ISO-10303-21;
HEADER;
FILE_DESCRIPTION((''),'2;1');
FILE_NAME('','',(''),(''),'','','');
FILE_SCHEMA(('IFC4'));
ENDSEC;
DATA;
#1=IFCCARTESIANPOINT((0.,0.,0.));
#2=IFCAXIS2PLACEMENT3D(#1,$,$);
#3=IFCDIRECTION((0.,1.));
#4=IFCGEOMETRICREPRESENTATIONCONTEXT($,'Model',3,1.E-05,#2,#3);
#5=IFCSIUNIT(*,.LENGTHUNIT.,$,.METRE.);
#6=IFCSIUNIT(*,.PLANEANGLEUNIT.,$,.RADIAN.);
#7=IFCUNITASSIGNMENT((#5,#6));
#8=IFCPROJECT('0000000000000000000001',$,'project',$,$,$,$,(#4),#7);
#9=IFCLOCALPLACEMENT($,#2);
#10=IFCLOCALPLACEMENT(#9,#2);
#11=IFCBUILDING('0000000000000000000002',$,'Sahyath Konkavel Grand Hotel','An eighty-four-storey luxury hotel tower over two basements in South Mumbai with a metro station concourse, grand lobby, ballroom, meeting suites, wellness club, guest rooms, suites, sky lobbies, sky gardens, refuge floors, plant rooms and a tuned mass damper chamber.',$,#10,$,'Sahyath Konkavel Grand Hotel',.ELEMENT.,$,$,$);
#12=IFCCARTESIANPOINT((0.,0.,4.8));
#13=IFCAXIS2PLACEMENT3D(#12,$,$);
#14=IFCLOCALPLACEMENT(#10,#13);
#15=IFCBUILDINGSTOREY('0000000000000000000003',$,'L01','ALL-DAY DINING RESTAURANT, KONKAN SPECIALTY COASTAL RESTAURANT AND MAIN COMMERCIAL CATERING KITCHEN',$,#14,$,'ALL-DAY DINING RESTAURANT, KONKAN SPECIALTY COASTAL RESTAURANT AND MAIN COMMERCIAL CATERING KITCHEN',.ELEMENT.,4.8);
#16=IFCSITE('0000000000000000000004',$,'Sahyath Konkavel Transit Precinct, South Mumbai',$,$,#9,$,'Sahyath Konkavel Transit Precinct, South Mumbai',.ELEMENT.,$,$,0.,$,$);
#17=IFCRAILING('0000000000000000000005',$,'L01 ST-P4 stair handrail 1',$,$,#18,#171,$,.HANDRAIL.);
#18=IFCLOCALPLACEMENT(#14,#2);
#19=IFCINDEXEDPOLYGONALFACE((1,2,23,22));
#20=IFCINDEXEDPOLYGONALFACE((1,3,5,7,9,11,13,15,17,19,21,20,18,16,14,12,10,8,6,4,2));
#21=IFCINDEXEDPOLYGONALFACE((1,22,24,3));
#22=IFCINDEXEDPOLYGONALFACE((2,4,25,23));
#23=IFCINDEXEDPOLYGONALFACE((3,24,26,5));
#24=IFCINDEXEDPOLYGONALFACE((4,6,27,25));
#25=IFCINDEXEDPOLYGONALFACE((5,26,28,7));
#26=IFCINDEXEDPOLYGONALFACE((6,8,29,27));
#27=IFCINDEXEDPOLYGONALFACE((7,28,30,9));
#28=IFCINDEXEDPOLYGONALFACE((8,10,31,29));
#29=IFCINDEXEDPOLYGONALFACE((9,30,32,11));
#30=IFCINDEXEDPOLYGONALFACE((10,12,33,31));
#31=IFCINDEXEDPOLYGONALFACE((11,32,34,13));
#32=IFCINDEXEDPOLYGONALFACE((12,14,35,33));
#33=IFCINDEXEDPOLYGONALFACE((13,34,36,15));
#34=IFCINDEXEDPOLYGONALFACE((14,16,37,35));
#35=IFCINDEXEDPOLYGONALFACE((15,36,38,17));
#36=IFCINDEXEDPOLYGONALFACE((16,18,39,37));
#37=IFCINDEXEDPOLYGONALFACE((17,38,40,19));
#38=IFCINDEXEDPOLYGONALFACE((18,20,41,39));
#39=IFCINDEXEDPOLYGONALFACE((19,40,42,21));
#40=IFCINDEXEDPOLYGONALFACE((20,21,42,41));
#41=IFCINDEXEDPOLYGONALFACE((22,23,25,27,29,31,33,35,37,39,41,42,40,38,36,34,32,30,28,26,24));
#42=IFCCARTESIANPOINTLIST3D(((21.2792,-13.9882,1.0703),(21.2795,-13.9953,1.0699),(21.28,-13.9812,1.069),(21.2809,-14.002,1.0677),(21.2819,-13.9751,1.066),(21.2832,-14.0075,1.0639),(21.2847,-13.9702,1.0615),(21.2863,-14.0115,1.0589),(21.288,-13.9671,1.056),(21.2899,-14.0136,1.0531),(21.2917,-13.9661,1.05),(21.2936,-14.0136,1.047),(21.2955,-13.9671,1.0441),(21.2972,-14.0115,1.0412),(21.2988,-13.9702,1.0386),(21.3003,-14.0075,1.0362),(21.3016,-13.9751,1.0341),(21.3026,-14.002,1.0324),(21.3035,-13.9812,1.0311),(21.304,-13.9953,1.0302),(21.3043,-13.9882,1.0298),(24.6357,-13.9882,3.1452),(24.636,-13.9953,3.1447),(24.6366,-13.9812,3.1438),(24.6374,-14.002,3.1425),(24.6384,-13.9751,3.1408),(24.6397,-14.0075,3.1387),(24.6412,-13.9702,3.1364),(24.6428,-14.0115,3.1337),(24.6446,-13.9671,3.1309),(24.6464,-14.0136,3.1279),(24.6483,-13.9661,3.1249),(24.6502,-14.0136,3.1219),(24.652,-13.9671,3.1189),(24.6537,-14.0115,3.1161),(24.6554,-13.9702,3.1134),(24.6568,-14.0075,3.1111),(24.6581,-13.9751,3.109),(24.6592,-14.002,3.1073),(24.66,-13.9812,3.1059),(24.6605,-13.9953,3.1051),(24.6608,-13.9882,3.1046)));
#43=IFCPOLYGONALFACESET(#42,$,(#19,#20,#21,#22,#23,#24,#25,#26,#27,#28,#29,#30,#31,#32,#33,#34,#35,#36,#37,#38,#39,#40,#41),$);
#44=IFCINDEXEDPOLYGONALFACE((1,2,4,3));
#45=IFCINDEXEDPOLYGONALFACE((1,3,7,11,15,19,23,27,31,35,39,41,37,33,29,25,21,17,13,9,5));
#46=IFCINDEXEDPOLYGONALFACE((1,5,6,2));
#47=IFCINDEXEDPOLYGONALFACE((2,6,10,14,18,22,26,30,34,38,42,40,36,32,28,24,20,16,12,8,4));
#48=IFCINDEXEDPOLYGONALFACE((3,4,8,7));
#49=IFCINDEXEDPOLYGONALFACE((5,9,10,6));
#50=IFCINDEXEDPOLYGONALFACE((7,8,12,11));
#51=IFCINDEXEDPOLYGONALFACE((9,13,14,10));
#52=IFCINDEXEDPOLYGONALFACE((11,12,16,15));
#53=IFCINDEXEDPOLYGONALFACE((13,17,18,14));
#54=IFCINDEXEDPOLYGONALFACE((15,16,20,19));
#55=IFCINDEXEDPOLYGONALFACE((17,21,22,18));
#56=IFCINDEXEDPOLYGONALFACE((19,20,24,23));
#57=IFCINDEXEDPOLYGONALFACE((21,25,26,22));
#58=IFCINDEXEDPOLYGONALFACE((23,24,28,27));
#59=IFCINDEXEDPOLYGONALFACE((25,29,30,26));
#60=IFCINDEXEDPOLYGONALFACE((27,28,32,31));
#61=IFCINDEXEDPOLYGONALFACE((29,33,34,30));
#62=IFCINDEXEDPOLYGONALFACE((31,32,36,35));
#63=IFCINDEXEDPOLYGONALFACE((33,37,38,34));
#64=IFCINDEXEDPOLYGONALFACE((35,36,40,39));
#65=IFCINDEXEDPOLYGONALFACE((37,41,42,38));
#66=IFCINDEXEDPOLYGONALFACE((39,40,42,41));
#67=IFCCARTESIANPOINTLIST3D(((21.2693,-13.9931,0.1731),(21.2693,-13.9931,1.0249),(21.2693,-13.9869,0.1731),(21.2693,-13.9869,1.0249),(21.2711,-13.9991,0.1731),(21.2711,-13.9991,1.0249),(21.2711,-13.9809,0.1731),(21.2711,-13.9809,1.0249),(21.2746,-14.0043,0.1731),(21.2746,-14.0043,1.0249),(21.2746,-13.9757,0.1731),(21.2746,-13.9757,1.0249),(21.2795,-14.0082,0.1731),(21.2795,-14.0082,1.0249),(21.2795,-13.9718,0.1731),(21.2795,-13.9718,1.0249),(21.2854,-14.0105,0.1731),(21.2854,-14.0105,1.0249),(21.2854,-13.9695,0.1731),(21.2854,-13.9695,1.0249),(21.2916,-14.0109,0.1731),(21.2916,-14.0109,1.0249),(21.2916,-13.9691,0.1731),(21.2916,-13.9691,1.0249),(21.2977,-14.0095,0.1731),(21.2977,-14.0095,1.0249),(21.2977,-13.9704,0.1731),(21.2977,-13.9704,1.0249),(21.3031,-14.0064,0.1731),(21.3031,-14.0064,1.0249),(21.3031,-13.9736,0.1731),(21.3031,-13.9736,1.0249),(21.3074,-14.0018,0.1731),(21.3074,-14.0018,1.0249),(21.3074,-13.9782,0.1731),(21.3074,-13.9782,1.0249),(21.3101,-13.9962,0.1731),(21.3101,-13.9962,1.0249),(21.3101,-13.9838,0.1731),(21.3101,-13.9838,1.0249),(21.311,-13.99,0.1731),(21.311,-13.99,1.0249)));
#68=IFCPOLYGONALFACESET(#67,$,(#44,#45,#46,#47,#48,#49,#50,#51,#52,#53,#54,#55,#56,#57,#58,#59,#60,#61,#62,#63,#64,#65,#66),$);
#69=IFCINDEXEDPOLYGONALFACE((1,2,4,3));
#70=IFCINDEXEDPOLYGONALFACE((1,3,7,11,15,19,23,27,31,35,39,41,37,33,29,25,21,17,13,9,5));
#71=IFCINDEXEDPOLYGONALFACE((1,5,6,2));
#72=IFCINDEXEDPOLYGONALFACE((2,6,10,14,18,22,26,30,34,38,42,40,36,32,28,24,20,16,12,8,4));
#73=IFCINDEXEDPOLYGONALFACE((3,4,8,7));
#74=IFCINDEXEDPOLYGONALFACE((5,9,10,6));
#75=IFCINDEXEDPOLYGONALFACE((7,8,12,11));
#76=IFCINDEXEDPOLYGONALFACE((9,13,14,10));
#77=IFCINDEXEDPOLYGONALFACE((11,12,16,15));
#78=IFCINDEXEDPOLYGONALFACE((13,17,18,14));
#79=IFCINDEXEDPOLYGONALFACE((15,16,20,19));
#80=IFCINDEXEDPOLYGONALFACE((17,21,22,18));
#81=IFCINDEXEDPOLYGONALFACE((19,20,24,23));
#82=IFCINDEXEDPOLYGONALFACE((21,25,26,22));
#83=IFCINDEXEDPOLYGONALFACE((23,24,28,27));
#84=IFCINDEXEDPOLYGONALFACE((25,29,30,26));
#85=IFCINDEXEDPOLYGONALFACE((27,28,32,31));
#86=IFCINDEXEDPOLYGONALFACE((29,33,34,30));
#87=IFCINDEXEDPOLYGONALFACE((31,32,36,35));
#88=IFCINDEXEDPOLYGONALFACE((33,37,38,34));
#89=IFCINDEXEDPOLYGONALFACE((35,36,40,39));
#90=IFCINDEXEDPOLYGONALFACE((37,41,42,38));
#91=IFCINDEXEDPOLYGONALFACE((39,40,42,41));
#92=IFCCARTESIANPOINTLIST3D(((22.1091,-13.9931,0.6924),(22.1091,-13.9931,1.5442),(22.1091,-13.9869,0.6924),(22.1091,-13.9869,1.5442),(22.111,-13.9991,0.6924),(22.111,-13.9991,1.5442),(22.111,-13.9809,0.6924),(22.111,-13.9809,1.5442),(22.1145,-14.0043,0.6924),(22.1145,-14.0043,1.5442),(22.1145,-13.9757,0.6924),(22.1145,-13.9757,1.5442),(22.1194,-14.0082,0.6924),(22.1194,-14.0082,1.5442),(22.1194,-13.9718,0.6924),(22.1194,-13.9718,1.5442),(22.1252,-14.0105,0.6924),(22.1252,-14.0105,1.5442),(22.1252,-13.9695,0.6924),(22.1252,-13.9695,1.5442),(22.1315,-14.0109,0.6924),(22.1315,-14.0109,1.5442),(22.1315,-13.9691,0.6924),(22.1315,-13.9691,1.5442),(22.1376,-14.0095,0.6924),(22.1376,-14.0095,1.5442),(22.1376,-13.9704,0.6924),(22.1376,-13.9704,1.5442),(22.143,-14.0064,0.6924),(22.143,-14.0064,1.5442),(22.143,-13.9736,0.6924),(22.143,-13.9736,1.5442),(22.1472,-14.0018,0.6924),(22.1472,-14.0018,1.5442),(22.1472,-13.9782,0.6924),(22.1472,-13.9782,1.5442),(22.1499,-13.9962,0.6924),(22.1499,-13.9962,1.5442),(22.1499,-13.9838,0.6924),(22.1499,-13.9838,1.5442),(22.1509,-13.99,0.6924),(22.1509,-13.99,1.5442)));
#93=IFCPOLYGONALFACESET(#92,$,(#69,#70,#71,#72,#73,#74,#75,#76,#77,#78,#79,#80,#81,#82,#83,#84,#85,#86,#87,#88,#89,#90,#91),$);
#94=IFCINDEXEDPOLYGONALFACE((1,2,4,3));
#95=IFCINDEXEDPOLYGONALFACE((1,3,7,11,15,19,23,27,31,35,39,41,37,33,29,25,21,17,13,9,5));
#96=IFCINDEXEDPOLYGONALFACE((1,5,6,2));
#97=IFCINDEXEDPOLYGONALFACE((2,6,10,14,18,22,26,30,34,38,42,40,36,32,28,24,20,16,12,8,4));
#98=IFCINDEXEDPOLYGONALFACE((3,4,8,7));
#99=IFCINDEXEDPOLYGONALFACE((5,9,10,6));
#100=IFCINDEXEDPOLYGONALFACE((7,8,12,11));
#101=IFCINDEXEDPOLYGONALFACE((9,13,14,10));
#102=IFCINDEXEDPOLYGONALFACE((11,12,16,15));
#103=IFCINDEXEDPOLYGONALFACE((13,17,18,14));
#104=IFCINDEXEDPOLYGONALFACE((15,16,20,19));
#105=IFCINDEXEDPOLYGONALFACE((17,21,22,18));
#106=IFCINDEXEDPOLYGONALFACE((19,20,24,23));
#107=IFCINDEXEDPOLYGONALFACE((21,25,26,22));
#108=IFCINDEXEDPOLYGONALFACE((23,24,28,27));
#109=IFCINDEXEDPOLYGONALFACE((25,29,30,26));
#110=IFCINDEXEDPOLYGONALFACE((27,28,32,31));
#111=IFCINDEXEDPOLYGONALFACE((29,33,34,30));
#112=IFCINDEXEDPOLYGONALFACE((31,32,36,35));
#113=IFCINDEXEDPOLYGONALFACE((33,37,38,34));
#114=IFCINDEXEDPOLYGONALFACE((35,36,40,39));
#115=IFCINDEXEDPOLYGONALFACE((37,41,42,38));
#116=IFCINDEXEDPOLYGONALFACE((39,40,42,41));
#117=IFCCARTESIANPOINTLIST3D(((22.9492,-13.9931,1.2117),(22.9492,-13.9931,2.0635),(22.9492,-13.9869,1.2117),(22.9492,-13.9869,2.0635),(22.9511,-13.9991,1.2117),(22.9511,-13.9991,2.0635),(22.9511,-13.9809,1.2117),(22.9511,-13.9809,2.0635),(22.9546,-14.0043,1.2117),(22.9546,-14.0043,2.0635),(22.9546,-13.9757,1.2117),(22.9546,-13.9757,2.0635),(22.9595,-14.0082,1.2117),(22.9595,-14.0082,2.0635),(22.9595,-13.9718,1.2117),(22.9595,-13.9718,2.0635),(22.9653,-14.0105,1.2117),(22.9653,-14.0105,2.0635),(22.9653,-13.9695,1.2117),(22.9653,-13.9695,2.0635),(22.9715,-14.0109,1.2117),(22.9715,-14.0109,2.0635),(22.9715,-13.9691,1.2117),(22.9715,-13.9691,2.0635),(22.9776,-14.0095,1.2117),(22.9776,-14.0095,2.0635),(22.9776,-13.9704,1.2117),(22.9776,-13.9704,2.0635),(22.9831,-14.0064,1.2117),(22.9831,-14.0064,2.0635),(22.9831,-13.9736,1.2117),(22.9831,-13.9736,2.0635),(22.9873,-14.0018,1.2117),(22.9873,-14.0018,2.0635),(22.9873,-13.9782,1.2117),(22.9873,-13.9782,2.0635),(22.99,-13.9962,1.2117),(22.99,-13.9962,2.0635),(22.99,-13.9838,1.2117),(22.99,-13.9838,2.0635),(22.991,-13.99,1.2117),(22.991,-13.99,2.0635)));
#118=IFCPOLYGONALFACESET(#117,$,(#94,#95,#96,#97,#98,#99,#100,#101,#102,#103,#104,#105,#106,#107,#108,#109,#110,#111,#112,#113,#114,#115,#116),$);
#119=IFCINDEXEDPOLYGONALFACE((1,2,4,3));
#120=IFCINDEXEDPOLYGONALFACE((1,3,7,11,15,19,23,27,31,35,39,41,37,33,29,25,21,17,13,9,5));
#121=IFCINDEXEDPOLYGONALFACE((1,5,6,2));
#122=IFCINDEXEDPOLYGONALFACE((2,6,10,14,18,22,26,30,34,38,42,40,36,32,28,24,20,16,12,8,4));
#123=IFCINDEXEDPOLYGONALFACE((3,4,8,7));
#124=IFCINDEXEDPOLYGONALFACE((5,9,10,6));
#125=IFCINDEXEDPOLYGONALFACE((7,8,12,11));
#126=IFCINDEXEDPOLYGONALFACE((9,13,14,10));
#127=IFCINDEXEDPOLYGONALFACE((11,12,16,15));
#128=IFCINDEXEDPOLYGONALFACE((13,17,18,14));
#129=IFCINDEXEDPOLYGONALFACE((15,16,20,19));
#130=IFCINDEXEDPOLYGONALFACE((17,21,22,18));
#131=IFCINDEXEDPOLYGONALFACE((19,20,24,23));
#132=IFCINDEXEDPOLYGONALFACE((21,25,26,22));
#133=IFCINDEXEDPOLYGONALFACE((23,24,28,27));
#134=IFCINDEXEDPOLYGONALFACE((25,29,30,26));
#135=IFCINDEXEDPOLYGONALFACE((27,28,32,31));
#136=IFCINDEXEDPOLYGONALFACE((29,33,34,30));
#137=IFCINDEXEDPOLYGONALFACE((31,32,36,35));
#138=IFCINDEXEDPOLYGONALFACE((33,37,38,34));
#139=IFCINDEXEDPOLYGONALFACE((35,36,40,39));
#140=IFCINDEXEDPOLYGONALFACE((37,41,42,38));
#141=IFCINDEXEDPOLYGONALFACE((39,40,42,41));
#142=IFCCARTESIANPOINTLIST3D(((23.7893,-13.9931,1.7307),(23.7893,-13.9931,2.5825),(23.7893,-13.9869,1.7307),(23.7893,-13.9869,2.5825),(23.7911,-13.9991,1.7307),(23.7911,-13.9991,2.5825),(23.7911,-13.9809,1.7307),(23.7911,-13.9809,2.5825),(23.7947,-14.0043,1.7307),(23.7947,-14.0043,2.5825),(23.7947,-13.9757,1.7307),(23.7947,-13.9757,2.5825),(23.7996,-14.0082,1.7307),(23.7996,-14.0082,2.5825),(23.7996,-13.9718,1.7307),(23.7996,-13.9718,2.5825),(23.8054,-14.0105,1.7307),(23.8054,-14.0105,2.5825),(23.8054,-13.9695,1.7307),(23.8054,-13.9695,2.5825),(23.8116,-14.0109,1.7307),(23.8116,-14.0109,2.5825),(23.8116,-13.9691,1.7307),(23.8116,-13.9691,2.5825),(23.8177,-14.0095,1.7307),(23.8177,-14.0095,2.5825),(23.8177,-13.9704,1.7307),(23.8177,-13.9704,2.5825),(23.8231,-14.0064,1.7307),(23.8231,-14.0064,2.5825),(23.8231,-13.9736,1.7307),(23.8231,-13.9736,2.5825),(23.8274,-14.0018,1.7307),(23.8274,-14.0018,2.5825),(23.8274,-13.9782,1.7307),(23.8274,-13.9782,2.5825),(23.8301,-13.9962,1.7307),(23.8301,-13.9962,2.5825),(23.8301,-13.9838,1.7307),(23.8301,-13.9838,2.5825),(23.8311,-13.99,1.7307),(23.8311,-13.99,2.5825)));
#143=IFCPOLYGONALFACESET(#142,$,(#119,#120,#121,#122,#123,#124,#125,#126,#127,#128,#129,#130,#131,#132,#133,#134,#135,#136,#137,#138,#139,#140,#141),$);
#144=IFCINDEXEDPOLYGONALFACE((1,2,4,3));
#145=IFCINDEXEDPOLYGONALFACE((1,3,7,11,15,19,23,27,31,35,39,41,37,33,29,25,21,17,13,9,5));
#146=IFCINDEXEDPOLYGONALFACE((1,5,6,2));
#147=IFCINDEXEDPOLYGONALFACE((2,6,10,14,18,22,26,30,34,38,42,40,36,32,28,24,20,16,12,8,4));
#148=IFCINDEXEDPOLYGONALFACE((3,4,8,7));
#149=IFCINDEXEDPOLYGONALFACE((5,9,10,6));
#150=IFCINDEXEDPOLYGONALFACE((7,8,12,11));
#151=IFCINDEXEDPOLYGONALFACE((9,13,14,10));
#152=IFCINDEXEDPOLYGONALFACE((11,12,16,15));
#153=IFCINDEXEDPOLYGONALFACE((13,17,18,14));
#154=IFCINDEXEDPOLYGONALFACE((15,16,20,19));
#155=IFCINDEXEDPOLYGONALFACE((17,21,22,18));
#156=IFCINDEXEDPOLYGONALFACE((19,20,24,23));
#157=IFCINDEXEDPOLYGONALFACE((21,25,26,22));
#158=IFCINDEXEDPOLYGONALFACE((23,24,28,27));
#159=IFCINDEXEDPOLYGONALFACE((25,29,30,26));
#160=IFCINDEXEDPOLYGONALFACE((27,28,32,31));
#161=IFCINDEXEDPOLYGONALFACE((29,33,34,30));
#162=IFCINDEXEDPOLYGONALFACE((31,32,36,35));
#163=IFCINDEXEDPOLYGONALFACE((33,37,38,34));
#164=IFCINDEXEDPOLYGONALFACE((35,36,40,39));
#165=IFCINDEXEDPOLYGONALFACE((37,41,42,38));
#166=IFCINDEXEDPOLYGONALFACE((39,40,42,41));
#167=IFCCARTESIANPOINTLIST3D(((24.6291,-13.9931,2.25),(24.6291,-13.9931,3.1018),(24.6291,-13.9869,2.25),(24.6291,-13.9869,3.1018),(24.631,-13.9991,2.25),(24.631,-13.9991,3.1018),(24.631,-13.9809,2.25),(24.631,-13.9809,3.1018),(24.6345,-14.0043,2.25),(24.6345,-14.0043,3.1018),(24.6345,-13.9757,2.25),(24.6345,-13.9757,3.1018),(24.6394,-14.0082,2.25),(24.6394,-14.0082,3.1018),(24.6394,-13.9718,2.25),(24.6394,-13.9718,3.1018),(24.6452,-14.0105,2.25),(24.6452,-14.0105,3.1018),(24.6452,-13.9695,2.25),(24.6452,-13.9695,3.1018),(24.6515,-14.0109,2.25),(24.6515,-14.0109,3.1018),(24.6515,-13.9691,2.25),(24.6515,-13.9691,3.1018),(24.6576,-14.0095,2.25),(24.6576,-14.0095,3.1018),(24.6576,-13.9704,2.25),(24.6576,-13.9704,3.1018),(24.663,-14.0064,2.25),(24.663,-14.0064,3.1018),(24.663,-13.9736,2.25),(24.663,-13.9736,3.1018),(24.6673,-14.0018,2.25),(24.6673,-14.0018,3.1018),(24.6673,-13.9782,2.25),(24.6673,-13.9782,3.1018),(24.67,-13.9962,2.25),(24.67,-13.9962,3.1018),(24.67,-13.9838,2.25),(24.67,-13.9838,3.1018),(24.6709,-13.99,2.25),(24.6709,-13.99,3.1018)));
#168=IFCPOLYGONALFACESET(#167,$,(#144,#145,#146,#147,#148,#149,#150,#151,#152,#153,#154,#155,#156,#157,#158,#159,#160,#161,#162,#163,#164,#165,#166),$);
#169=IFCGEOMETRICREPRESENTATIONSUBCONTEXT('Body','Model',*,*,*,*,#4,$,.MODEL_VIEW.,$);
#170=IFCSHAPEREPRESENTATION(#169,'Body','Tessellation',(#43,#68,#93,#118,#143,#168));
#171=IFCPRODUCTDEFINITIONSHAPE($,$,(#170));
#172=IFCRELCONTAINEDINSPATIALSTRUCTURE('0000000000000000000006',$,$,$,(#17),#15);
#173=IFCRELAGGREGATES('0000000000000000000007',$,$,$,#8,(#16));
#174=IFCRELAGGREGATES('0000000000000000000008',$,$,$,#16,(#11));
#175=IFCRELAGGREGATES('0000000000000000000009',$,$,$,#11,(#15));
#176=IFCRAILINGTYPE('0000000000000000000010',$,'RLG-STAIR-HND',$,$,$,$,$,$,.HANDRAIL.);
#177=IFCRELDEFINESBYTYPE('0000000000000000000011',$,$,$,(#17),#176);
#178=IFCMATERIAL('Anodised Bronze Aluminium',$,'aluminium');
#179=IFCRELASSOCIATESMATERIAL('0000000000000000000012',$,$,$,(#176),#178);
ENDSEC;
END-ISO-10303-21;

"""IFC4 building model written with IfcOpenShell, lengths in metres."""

from ifc_helpers import new_model, si_unit, direction, frame, origin, origin_2d, place, context, subcontext, project, spatial, circle, extrude, material, type_object, element, save


model = new_model("IFC4")

# Units and contexts
model_context = context("Model", 3, precision=1e-05, world=origin(), true_north=direction((0.0, 1.0)))
body_context = subcontext(model_context, "Body", "Model", "MODEL_VIEW")
ifc_project = project(units=[si_unit("LENGTHUNIT", "METRE"), si_unit("PLANEANGLEUNIT", "RADIAN")], contexts=[model_context])

# Site, building, storey
site_placement = place(None, origin())
site = spatial("IfcSite", under=ifc_project, at=site_placement, Name="Sahyath Konkavel Transit Precinct, South Mumbai", LongName="Sahyath Konkavel Transit Precinct, South Mumbai", CompositionType="ELEMENT", RefElevation=0.0)
building_placement = place(site_placement, origin())
building = spatial("IfcBuilding", under=site, at=building_placement, Name="Sahyath Konkavel Grand Hotel", Description="An eighty-four-storey luxury hotel tower over two basements in South Mumbai with a metro station concourse, grand lobby, ballroom, meeting suites, wellness club, guest rooms, suites, sky lobbies, sky gardens, refuge floors, plant rooms and a tuned mass damper chamber.", LongName="Sahyath Konkavel Grand Hotel", CompositionType="ELEMENT")
storey_placement = place(building_placement, frame((0.0, 0.0, 4.8)))
storey = spatial("IfcBuildingStorey", under=building, at=storey_placement, Name="L01", Description="ALL-DAY DINING RESTAURANT, KONKAN SPECIALTY COASTAL RESTAURANT AND MAIN COMMERCIAL CATERING KITCHEN", LongName="ALL-DAY DINING RESTAURANT, KONKAN SPECIALTY COASTAL RESTAURANT AND MAIN COMMERCIAL CATERING KITCHEN", CompositionType="ELEMENT", Elevation=4.8)

# Shared definitions
ifc_material_1 = material(Name="Anodised Bronze Aluminium", Category="aluminium")

# Railing
railing_type_1 = type_object("IfcRailingType", Name="RLG-STAIR-HND", PredefinedType="HANDRAIL", material=ifc_material_1)
railing_1_placement = place(storey_placement, frame((21.29, -13.99, 0.1731)))
element("IfcRailing", 1, at=railing_1_placement, inside=storey, type_object=railing_type_1, Name="L01 ST-P4 stair handrail 1", PredefinedType="HANDRAIL", context=body_context, shape_type="SweptSolid", body=[
    extrude(circle(Radius=0.0239, at=origin_2d()), frame((0.0017, 0.0, 0.877), z_axis=(0.850606, 0.0, 0.525803), x_axis=(0.0, 1.0, 0.0)), (0.0, 0.0, 1.0), 3.946),
    extrude(circle(Radius=0.021, at=origin_2d()), origin(), (0.0, 0.0, 1.0), 0.8518),
    extrude(circle(Radius=0.021, at=origin_2d()), frame((0.8398, 0.0, 0.5193)), (0.0, 0.0, 1.0), 0.8518),
    extrude(circle(Radius=0.021, at=origin_2d()), frame((1.6799, 0.0, 1.0386)), (0.0, 0.0, 1.0), 0.8518),
    extrude(circle(Radius=0.021, at=origin_2d()), frame((2.52, 0.0, 1.5576)), (0.0, 0.0, 1.0), 0.8518),
    extrude(circle(Radius=0.021, at=origin_2d()), frame((3.3599, 0.0, 2.0769)), (0.0, 0.0, 1.0), 0.8518),
])

save(model, "model.ifc")
